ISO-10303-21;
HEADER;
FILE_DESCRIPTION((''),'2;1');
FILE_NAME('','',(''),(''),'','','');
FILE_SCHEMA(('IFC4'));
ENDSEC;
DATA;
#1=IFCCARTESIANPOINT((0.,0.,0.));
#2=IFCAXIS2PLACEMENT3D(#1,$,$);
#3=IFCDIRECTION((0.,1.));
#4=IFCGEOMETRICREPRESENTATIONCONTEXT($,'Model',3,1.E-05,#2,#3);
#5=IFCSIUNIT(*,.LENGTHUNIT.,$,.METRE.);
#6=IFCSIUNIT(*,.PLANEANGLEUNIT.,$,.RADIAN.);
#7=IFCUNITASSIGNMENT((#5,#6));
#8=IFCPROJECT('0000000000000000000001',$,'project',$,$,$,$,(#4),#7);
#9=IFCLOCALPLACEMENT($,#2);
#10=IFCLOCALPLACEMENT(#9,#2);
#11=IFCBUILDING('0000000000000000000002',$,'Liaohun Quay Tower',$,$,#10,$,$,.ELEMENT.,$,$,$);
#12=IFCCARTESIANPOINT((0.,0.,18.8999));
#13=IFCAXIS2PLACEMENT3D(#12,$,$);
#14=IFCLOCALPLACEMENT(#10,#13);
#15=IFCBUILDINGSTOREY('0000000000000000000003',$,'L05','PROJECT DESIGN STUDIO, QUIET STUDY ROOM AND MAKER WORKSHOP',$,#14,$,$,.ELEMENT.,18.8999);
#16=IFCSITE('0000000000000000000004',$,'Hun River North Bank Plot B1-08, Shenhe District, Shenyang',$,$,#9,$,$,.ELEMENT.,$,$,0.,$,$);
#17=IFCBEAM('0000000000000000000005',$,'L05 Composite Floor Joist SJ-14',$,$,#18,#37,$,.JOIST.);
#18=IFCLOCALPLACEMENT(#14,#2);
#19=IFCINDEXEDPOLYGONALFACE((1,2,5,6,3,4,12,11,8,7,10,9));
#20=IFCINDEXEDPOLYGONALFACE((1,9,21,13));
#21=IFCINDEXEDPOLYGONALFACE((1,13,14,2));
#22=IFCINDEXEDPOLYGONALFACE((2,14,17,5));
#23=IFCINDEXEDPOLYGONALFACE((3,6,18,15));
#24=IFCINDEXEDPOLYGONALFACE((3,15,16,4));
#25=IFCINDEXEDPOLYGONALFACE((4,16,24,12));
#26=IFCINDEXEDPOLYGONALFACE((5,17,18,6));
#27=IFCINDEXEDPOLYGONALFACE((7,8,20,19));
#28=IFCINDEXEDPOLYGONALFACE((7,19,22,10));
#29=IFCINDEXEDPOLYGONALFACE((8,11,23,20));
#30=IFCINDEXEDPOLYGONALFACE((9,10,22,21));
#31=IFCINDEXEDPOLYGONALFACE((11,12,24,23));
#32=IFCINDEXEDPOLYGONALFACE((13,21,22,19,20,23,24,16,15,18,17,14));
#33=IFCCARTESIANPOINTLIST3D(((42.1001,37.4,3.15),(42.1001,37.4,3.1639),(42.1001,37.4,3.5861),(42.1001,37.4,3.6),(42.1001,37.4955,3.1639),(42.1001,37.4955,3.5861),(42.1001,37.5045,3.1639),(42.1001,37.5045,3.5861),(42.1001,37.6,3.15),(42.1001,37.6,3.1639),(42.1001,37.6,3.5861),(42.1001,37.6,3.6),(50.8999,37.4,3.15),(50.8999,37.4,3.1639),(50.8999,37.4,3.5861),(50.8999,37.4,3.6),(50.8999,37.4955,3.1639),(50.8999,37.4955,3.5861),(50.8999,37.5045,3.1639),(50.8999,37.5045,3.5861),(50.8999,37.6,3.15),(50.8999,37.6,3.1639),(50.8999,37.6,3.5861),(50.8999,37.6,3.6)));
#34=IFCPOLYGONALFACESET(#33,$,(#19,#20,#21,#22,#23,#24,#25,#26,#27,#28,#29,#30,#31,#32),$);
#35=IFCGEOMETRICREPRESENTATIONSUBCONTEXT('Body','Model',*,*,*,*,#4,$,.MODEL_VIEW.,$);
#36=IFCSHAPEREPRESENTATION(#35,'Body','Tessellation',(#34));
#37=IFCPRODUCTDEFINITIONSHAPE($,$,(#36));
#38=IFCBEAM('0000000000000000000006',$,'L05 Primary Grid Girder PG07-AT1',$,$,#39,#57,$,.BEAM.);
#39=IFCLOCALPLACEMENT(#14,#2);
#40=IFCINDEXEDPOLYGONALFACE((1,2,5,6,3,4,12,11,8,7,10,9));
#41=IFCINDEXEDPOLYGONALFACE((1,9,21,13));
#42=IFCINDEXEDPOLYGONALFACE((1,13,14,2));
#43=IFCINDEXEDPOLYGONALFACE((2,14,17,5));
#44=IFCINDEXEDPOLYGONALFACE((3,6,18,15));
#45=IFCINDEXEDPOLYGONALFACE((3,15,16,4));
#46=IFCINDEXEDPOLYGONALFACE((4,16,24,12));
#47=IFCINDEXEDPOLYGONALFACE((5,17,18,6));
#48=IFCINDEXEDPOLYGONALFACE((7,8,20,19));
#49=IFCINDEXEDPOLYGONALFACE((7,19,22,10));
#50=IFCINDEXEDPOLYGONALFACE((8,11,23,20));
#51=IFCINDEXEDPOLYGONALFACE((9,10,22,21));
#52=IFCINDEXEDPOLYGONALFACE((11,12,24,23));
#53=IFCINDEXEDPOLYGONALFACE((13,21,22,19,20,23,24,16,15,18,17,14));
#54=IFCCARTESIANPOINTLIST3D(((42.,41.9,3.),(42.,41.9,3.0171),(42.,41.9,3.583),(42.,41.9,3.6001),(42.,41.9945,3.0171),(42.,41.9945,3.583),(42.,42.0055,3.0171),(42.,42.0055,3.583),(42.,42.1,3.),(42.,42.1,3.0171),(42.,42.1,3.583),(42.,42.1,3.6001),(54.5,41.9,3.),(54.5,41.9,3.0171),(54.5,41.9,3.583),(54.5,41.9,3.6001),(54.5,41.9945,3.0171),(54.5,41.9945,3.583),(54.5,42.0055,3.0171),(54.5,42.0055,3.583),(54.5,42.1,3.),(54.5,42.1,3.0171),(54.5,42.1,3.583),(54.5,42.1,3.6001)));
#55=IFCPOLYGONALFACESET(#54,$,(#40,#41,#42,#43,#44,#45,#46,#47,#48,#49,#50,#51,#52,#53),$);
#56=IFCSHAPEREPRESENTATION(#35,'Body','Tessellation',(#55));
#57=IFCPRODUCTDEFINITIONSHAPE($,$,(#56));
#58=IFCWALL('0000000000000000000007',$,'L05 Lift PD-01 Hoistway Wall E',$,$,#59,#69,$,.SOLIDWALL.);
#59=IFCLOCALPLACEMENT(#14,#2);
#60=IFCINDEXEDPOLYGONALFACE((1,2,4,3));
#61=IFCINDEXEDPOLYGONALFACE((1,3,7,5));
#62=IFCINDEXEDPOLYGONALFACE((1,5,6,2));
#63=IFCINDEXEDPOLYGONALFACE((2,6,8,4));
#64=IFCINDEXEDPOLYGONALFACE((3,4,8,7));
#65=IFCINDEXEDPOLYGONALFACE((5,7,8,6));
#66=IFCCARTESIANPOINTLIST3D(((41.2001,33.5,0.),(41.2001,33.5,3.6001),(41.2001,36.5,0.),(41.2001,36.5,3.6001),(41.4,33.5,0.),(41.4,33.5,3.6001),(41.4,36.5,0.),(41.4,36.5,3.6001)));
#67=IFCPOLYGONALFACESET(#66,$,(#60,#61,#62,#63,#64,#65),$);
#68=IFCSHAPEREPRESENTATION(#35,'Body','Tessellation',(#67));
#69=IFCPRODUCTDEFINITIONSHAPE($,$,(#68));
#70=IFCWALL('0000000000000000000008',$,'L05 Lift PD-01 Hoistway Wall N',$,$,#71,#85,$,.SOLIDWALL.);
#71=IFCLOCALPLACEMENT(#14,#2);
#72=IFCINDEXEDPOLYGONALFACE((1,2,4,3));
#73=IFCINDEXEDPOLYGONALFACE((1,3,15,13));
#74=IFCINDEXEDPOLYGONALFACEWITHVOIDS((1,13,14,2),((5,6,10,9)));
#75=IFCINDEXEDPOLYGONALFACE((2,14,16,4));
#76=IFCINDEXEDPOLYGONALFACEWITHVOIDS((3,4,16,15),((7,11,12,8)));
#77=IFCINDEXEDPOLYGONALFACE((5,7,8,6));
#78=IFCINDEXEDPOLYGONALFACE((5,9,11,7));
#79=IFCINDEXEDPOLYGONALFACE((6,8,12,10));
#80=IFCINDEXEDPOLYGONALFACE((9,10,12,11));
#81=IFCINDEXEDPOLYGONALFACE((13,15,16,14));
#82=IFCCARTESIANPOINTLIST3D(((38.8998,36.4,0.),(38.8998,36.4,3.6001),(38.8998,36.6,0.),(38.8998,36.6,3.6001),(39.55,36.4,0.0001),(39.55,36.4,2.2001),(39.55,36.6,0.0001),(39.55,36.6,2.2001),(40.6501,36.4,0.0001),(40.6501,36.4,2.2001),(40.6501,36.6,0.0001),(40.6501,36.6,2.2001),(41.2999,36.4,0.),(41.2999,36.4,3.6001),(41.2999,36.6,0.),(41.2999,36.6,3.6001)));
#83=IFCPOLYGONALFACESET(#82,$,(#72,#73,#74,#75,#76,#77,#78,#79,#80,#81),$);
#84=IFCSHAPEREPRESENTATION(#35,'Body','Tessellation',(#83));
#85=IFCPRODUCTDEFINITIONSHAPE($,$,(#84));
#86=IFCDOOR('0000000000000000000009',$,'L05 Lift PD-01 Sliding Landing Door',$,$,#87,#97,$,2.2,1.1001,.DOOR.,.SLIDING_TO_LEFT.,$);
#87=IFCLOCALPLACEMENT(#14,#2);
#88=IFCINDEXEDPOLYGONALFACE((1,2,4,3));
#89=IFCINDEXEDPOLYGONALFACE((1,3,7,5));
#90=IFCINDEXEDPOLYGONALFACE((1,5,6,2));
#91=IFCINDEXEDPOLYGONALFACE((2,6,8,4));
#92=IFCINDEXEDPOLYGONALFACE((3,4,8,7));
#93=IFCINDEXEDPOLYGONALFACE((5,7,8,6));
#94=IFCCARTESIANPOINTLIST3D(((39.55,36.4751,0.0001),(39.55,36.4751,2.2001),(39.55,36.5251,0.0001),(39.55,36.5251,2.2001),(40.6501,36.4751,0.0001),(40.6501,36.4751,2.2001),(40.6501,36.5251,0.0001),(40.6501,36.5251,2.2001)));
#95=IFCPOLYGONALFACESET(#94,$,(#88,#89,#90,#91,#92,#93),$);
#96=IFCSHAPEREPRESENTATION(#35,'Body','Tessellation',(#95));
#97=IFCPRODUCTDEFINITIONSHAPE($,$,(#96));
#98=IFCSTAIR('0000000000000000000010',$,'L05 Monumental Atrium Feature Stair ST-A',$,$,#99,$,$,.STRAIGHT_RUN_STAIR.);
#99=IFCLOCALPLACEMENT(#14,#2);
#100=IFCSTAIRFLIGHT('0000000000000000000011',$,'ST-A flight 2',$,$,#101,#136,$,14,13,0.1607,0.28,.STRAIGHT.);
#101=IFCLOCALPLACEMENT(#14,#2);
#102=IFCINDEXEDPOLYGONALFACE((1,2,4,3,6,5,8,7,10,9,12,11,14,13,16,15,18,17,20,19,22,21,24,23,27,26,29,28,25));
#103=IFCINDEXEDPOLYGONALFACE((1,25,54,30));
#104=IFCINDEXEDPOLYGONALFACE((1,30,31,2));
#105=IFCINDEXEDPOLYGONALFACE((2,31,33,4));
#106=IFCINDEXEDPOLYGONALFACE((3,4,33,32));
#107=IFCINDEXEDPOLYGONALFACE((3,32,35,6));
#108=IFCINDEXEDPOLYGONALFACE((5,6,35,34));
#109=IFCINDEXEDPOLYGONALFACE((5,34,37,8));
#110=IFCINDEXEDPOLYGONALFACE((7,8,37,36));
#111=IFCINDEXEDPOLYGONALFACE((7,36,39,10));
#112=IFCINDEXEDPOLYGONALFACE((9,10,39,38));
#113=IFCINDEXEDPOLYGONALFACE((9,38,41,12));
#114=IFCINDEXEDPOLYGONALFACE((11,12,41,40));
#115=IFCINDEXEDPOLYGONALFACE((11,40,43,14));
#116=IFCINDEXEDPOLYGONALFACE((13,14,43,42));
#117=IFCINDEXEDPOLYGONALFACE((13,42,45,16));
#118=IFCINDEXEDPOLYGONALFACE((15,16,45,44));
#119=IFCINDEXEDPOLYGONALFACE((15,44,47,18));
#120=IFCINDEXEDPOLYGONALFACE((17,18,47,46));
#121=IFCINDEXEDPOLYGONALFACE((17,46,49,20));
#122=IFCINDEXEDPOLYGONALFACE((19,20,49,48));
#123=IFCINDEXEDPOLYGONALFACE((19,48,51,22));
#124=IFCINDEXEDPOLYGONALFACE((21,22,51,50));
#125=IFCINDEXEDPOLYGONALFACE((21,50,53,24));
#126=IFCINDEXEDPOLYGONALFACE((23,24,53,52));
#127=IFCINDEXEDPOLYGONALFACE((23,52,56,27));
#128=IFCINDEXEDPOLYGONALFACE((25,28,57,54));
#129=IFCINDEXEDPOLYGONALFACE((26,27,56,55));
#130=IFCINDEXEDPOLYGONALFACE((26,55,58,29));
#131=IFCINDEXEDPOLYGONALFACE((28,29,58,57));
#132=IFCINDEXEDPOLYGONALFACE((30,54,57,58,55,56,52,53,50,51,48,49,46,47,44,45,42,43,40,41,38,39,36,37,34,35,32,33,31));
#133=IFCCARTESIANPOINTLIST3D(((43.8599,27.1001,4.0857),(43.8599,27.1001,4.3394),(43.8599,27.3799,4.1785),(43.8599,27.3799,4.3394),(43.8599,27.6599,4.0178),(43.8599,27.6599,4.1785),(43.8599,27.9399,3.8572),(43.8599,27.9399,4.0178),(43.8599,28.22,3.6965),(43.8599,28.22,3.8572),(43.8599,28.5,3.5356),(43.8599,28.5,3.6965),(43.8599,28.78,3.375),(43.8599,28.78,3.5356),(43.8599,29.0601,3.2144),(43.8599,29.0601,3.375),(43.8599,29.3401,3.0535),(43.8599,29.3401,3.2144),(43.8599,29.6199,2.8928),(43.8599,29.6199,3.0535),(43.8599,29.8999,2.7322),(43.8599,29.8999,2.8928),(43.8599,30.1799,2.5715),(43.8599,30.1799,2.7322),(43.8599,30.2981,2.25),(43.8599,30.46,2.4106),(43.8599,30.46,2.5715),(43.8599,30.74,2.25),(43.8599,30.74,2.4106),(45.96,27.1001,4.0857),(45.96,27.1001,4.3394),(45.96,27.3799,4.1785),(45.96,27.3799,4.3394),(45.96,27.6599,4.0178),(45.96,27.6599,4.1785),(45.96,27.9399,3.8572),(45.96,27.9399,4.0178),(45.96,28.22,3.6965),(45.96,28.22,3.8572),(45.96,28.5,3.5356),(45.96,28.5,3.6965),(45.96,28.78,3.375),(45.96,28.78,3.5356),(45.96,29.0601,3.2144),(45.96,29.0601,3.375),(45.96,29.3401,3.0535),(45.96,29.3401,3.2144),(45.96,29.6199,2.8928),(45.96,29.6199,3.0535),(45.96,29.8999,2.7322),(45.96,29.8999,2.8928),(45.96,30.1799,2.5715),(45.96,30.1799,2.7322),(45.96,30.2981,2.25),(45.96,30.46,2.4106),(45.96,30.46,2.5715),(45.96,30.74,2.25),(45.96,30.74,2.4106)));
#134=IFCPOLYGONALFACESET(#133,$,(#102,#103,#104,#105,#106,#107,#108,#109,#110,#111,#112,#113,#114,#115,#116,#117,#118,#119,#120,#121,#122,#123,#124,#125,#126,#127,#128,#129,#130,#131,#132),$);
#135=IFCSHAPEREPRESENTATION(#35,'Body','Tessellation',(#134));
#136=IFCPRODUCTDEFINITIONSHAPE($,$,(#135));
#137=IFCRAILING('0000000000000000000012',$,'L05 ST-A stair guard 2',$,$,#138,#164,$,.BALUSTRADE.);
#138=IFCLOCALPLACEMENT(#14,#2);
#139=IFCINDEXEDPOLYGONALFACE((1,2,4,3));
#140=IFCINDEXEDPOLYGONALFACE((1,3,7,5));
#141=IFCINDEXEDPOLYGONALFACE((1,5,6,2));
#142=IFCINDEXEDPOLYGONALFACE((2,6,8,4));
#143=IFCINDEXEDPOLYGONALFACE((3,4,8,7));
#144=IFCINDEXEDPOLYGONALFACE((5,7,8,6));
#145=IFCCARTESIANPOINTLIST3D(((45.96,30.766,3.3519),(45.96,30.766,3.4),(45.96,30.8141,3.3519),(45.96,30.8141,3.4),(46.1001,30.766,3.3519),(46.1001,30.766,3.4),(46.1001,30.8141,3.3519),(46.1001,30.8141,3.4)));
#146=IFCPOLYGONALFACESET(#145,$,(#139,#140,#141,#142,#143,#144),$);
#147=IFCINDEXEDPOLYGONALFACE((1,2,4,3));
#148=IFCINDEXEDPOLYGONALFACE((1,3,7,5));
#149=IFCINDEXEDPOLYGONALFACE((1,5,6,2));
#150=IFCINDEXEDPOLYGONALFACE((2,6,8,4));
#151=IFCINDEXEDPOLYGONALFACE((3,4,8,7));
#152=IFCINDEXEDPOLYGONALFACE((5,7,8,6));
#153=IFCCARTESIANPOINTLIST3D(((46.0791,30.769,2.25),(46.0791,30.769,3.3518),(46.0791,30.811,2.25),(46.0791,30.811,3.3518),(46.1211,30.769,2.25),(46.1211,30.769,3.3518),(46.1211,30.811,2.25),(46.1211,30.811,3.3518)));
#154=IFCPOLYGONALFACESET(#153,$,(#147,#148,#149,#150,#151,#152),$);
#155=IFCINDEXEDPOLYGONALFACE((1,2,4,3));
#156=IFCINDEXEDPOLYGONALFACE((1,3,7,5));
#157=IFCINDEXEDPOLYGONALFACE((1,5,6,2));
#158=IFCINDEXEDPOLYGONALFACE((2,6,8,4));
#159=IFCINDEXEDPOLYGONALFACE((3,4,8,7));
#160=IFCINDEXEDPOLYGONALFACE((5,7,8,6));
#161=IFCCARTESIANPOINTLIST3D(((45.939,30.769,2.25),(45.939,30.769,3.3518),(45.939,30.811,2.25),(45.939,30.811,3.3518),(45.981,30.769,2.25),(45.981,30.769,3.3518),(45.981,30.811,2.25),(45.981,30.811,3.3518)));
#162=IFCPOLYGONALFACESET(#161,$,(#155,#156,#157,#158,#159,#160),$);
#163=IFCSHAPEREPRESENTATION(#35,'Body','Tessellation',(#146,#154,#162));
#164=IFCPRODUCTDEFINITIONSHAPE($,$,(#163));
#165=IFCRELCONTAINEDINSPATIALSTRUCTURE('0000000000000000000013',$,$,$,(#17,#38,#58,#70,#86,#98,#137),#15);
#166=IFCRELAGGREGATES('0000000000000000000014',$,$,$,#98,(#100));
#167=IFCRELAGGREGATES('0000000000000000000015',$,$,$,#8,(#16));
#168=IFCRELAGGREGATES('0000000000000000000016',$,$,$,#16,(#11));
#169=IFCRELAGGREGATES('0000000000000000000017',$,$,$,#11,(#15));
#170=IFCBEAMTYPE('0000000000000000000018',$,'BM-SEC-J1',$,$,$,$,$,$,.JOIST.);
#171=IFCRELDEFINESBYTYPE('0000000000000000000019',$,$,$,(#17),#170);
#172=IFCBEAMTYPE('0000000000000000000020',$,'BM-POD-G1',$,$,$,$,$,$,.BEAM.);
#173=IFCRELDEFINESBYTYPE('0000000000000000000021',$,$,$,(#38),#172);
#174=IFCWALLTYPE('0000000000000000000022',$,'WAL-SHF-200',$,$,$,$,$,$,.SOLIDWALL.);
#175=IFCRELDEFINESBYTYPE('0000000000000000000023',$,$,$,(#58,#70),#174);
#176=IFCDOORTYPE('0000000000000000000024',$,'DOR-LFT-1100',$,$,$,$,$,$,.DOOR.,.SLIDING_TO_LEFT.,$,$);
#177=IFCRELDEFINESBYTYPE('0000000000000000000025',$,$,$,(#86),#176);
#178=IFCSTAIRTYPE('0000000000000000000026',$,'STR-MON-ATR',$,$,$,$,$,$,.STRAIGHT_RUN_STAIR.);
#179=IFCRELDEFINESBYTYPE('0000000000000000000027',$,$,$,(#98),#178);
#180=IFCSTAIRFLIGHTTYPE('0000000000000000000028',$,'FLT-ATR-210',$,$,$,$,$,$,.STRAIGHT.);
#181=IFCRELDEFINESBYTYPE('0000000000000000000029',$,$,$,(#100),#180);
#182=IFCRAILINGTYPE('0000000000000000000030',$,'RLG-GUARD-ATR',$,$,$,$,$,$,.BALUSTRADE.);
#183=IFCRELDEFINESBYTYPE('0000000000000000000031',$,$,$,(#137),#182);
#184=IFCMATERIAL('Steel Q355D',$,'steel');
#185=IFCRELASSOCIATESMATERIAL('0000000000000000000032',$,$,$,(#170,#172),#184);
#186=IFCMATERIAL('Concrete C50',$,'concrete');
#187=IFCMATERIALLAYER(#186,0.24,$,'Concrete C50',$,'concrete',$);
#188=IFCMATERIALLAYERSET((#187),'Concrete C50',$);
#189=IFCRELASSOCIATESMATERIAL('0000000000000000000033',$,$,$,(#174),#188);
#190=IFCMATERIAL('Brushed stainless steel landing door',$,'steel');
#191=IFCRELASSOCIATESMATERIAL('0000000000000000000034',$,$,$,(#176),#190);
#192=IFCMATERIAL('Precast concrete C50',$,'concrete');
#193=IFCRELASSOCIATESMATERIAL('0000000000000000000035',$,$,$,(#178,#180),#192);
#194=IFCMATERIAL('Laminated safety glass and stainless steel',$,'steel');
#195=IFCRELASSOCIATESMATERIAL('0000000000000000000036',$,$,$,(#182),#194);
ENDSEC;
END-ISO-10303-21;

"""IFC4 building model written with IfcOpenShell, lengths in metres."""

from ifc_helpers import new_model, si_unit, direction, frame, frame_2d, origin, origin_2d, place, context, subcontext, project, spatial, polyline, rectangle, i_section, outline, extrude, source, transform, mapped, material, layer, layer_set, material_profile, profile_set, type_object, element, fill, aggregate, save


model = new_model("IFC4")

# Units and contexts
model_context = context("Model", 3, precision=1e-05, world=origin(), true_north=direction((0.0, 1.0)))
body_context = subcontext(model_context, "Body", "Model", "MODEL_VIEW")
ifc_project = project(units=[si_unit("LENGTHUNIT", "METRE"), si_unit("PLANEANGLEUNIT", "RADIAN")], contexts=[model_context])

# Site, building, storey
site_placement = place(None, origin())
site = spatial("IfcSite", under=ifc_project, at=site_placement, Name="Hun River North Bank Plot B1-08, Shenhe District, Shenyang", CompositionType="ELEMENT", RefElevation=0.0)
building_placement = place(site_placement, origin())
building = spatial("IfcBuilding", under=site, at=building_placement, Name="Liaohun Quay Tower", CompositionType="ELEMENT")
storey_placement = place(building_placement, frame((0.0, 0.0, 18.8999)))
storey = spatial("IfcBuildingStorey", under=building, at=storey_placement, Name="L05", Description="PROJECT DESIGN STUDIO, QUIET STUDY ROOM AND MAKER WORKSHOP", CompositionType="ELEMENT", Elevation=18.8999)

# Shared definitions
ifc_material_1 = material(Name="Steel Q355D", Category="steel")

# Beams
ifc_material_profile_1 = material_profile(ifc_material_1, i_section(OverallWidth=0.2, OverallDepth=0.45, WebThickness=0.009, FlangeThickness=0.0139, at=origin_2d()), Name="HN450x200x9x14")
ifc_profile_set_1 = profile_set([ifc_material_profile_1], Name="Steel Q355D")
beam_type_1 = type_object("IfcBeamType", Name="BM-SEC-J1", PredefinedType="JOIST", material=ifc_profile_set_1)
shared_shape_1 = source(origin(), body_context, "Body", "SweptSolid", [
    extrude(i_section(OverallWidth=0.2, OverallDepth=0.45, WebThickness=0.009, FlangeThickness=0.0139, at=origin_2d()), origin(), (0.0, 0.0, 1.0), 8.7998),
])
beam_1_placement = place(storey_placement, frame((42.1001, 37.5, 3.375), z_axis=(1.0, 0.0, 0.0), x_axis=(0.0, 1.0, 0.0)))
element("IfcBeam", 1, at=beam_1_placement, inside=storey, type_object=beam_type_1, Name="L05 Composite Floor Joist SJ-14", PredefinedType="JOIST", context=body_context, shape_type="MappedRepresentation", body=[
    mapped(shared_shape_1, transform((0.0, 0.0, 0.0), x_axis=(1.0, 0.0, 0.0), y_axis=(0.0, 1.0, 0.0), z_axis=(0.0, 0.0, 1.0), scale=1.0)),
])
ifc_material_profile_2 = material_profile(ifc_material_1, i_section(OverallWidth=0.2, OverallDepth=0.6001, WebThickness=0.011, FlangeThickness=0.0171, at=origin_2d()), Name="HN600x200x11x17")
ifc_profile_set_2 = profile_set([ifc_material_profile_2], Name="Steel Q355D")
beam_type_2 = type_object("IfcBeamType", Name="BM-POD-G1", PredefinedType="BEAM", material=ifc_profile_set_2)
shared_shape_2 = source(origin(), body_context, "Body", "SweptSolid", [
    extrude(i_section(OverallWidth=0.2, OverallDepth=0.6001, WebThickness=0.011, FlangeThickness=0.0171, at=origin_2d()), origin(), (0.0, 0.0, 1.0), 12.5),
])
beam_2_placement = place(storey_placement, frame((42.0, 42.0, 3.3), z_axis=(1.0, 0.0, 0.0), x_axis=(0.0, 1.0, 0.0)))
element("IfcBeam", 2, at=beam_2_placement, inside=storey, type_object=beam_type_2, Name="L05 Primary Grid Girder PG07-AT1", PredefinedType="BEAM", context=body_context, shape_type="MappedRepresentation", body=[
    mapped(shared_shape_2, transform((0.0, 0.0, 0.0), x_axis=(1.0, 0.0, 0.0), y_axis=(0.0, 1.0, 0.0), z_axis=(0.0, 0.0, 1.0), scale=1.0)),
])

# Wall
ifc_material_2 = material(Name="Concrete C50", Category="concrete")
ifc_layer = layer(ifc_material_2, 0.24, Name="Concrete C50", Category="concrete")
ifc_layer_set = layer_set([ifc_layer], Name="Concrete C50")
wall_type = type_object("IfcWallType", Name="WAL-SHF-200", PredefinedType="SOLIDWALL", material=ifc_layer_set)
wall_1_placement = place(storey_placement, frame((41.3, 33.5, 0.0), z_axis=(0.0, 0.0, 1.0), x_axis=(0.0, 1.0, 0.0)))
element("IfcWall", 3, at=wall_1_placement, inside=storey, type_object=wall_type, Name="L05 Lift PD-01 Hoistway Wall E", PredefinedType="SOLIDWALL", context=body_context, shape_type="SweptSolid", body=[
    extrude(rectangle(XDim=3.0, YDim=0.2, at=frame_2d((1.5, 0.0))), origin(), (0.0, 0.0, 1.0), 3.6001),
])

# Wall, opening, door
wall_2_placement = place(storey_placement, frame((41.3, 36.5, 0.0), z_axis=(0.0, 0.0, 1.0), x_axis=(-1.0, 0.0, 0.0)))
wall_2 = element("IfcWall", 4, at=wall_2_placement, inside=storey, type_object=wall_type, Name="L05 Lift PD-01 Hoistway Wall N", PredefinedType="SOLIDWALL", context=body_context, shape_type="SweptSolid", body=[
    extrude(rectangle(XDim=2.4001, YDim=0.2, at=frame_2d((1.2002, 0.0))), origin(), (0.0, 0.0, 1.0), 3.6001),
])
shared_shape_3 = source(origin(), body_context, "Body", "SweptSolid", [
    extrude(rectangle(XDim=1.1001, YDim=2.2, at=frame_2d((0.55, 1.1001))), frame((0.0, 0.1099, 0.0), z_axis=(0.0, -1.0, 0.0), x_axis=(1.0, 0.0, 0.0)), (0.0, 0.0, 1.0), 0.22),
])
opening_placement = place(wall_2_placement, frame((0.6499, 0.0, 0.0)))
opening = element("IfcOpeningElement", 5, at=opening_placement, cuts=wall_2, PredefinedType="OPENING", context=body_context, shape_type="MappedRepresentation", body=[
    mapped(shared_shape_3, transform((0.0, 0.0, 0.0), x_axis=(1.0, 0.0, 0.0), y_axis=(0.0, 1.0, 0.0), z_axis=(0.0, 0.0, 1.0), scale=1.0)),
])
ifc_material_3 = material(Name="Brushed stainless steel landing door", Category="steel")
door_type = type_object("IfcDoorType", Name="DOR-LFT-1100", OperationType="SLIDING_TO_LEFT", PredefinedType="DOOR", material=ifc_material_3)
shared_shape_4 = source(origin(), body_context, "Body", "SweptSolid", [
    extrude(rectangle(XDim=1.1001, YDim=2.2, at=frame_2d((0.55, 1.1001))), frame((0.0, 0.0249, 0.0), z_axis=(0.0, -1.0, 0.0), x_axis=(1.0, 0.0, 0.0)), (0.0, 0.0, 1.0), 0.05),
])
door_placement = place(opening_placement, origin())
door = element("IfcDoor", 6, at=door_placement, inside=storey, type_object=door_type, Name="L05 Lift PD-01 Sliding Landing Door", OperationType="SLIDING_TO_LEFT", OverallHeight=2.2, OverallWidth=1.1001, PredefinedType="DOOR", context=body_context, shape_type="MappedRepresentation", body=[
    mapped(shared_shape_4, transform((0.0, 0.0, 0.0), x_axis=(1.0, 0.0, 0.0), y_axis=(0.0, 1.0, 0.0), z_axis=(0.0, 0.0, 1.0), scale=1.0)),
])
fill(opening, door)

# Stair, stair flight
ifc_material_4 = material(Name="Precast concrete C50", Category="concrete")
stair_type = type_object("IfcStairType", Name="STR-MON-ATR", PredefinedType="STRAIGHT_RUN_STAIR", material=ifc_material_4)
stair_placement = place(storey_placement, origin())
stair = element("IfcStair", 7, at=stair_placement, inside=storey, type_object=stair_type, Name="L05 Monumental Atrium Feature Stair ST-A", PredefinedType="STRAIGHT_RUN_STAIR")
stair_flight_type = type_object("IfcStairFlightType", Name="FLT-ATR-210", PredefinedType="STRAIGHT", material=ifc_material_4)
stair_flight_placement = place(storey_placement, frame((44.9099, 30.74, 2.25), z_axis=(0.0, 0.0, 1.0), x_axis=(0.0, -1.0, 0.0)))
stair_flight = element("IfcStairFlight", 8, at=stair_flight_placement, type_object=stair_flight_type, Name="ST-A flight 2", NumberOfRisers=14, NumberOfTreads=13, PredefinedType="STRAIGHT", RiserHeight=0.1607, TreadLength=0.28, context=body_context, shape_type="SweptSolid", body=[
    extrude(outline(polyline([(0.0, 0.0), (0.0, 0.1606), (0.28, 0.1606), (0.28, 0.3215), (0.5601, 0.3215), (0.5601, 0.4822), (0.8401, 0.4822), (0.8401, 0.6428), (1.1201, 0.6428), (1.1201, 0.8035), (1.3999, 0.8035), (1.3999, 0.9644), (1.6799, 0.9644), (1.6799, 1.125), (1.96, 1.125), (1.96, 1.2856), (2.24, 1.2856), (2.24, 1.4465), (2.52, 1.4465), (2.52, 1.6072), (2.8, 1.6072), (2.8, 1.7678), (3.0801, 1.7678), (3.0801, 1.9285), (3.3601, 1.9285), (3.3601, 2.0894), (3.6399, 2.0894), (3.6399, 2.25), (3.6399, 1.8357), (0.4419, 0.0), (0.0, 0.0)])), frame((0.0, 1.05, 0.0), z_axis=(0.0, -1.0, 0.0), x_axis=(1.0, 0.0, 0.0)), (0.0, 0.0, 1.0), 2.1001),
])
aggregate(stair, [stair_flight])

# Railing
ifc_material_5 = material(Name="Laminated safety glass and stainless steel", Category="steel")
railing_type_1 = type_object("IfcRailingType", Name="RLG-GUARD-ATR", PredefinedType="BALUSTRADE", material=ifc_material_5)
railing_1_placement = place(storey_placement, frame((46.1001, 30.79, 2.25)))
element("IfcRailing", 9, at=railing_1_placement, inside=storey, type_object=railing_type_1, Name="L05 ST-A stair guard 2", PredefinedType="BALUSTRADE", context=body_context, shape_type="SweptSolid", body=[
    extrude(rectangle(XDim=0.0481, YDim=0.0481, at=origin_2d()), frame((0.0, 0.0, 1.126), z_axis=(-1.0, 0.0, 0.0), x_axis=(0.0, -1.0, 0.0)), (0.0, 0.0, 1.0), 0.1401),
    extrude(rectangle(XDim=0.042, YDim=0.042, at=origin_2d()), origin(), (0.0, 0.0, 1.0), 1.1018),
    extrude(rectangle(XDim=0.042, YDim=0.042, at=origin_2d()), frame((-0.1401, 0.0, 0.0)), (0.0, 0.0, 1.0), 1.1018),
])

save(model, "model.ifc")
